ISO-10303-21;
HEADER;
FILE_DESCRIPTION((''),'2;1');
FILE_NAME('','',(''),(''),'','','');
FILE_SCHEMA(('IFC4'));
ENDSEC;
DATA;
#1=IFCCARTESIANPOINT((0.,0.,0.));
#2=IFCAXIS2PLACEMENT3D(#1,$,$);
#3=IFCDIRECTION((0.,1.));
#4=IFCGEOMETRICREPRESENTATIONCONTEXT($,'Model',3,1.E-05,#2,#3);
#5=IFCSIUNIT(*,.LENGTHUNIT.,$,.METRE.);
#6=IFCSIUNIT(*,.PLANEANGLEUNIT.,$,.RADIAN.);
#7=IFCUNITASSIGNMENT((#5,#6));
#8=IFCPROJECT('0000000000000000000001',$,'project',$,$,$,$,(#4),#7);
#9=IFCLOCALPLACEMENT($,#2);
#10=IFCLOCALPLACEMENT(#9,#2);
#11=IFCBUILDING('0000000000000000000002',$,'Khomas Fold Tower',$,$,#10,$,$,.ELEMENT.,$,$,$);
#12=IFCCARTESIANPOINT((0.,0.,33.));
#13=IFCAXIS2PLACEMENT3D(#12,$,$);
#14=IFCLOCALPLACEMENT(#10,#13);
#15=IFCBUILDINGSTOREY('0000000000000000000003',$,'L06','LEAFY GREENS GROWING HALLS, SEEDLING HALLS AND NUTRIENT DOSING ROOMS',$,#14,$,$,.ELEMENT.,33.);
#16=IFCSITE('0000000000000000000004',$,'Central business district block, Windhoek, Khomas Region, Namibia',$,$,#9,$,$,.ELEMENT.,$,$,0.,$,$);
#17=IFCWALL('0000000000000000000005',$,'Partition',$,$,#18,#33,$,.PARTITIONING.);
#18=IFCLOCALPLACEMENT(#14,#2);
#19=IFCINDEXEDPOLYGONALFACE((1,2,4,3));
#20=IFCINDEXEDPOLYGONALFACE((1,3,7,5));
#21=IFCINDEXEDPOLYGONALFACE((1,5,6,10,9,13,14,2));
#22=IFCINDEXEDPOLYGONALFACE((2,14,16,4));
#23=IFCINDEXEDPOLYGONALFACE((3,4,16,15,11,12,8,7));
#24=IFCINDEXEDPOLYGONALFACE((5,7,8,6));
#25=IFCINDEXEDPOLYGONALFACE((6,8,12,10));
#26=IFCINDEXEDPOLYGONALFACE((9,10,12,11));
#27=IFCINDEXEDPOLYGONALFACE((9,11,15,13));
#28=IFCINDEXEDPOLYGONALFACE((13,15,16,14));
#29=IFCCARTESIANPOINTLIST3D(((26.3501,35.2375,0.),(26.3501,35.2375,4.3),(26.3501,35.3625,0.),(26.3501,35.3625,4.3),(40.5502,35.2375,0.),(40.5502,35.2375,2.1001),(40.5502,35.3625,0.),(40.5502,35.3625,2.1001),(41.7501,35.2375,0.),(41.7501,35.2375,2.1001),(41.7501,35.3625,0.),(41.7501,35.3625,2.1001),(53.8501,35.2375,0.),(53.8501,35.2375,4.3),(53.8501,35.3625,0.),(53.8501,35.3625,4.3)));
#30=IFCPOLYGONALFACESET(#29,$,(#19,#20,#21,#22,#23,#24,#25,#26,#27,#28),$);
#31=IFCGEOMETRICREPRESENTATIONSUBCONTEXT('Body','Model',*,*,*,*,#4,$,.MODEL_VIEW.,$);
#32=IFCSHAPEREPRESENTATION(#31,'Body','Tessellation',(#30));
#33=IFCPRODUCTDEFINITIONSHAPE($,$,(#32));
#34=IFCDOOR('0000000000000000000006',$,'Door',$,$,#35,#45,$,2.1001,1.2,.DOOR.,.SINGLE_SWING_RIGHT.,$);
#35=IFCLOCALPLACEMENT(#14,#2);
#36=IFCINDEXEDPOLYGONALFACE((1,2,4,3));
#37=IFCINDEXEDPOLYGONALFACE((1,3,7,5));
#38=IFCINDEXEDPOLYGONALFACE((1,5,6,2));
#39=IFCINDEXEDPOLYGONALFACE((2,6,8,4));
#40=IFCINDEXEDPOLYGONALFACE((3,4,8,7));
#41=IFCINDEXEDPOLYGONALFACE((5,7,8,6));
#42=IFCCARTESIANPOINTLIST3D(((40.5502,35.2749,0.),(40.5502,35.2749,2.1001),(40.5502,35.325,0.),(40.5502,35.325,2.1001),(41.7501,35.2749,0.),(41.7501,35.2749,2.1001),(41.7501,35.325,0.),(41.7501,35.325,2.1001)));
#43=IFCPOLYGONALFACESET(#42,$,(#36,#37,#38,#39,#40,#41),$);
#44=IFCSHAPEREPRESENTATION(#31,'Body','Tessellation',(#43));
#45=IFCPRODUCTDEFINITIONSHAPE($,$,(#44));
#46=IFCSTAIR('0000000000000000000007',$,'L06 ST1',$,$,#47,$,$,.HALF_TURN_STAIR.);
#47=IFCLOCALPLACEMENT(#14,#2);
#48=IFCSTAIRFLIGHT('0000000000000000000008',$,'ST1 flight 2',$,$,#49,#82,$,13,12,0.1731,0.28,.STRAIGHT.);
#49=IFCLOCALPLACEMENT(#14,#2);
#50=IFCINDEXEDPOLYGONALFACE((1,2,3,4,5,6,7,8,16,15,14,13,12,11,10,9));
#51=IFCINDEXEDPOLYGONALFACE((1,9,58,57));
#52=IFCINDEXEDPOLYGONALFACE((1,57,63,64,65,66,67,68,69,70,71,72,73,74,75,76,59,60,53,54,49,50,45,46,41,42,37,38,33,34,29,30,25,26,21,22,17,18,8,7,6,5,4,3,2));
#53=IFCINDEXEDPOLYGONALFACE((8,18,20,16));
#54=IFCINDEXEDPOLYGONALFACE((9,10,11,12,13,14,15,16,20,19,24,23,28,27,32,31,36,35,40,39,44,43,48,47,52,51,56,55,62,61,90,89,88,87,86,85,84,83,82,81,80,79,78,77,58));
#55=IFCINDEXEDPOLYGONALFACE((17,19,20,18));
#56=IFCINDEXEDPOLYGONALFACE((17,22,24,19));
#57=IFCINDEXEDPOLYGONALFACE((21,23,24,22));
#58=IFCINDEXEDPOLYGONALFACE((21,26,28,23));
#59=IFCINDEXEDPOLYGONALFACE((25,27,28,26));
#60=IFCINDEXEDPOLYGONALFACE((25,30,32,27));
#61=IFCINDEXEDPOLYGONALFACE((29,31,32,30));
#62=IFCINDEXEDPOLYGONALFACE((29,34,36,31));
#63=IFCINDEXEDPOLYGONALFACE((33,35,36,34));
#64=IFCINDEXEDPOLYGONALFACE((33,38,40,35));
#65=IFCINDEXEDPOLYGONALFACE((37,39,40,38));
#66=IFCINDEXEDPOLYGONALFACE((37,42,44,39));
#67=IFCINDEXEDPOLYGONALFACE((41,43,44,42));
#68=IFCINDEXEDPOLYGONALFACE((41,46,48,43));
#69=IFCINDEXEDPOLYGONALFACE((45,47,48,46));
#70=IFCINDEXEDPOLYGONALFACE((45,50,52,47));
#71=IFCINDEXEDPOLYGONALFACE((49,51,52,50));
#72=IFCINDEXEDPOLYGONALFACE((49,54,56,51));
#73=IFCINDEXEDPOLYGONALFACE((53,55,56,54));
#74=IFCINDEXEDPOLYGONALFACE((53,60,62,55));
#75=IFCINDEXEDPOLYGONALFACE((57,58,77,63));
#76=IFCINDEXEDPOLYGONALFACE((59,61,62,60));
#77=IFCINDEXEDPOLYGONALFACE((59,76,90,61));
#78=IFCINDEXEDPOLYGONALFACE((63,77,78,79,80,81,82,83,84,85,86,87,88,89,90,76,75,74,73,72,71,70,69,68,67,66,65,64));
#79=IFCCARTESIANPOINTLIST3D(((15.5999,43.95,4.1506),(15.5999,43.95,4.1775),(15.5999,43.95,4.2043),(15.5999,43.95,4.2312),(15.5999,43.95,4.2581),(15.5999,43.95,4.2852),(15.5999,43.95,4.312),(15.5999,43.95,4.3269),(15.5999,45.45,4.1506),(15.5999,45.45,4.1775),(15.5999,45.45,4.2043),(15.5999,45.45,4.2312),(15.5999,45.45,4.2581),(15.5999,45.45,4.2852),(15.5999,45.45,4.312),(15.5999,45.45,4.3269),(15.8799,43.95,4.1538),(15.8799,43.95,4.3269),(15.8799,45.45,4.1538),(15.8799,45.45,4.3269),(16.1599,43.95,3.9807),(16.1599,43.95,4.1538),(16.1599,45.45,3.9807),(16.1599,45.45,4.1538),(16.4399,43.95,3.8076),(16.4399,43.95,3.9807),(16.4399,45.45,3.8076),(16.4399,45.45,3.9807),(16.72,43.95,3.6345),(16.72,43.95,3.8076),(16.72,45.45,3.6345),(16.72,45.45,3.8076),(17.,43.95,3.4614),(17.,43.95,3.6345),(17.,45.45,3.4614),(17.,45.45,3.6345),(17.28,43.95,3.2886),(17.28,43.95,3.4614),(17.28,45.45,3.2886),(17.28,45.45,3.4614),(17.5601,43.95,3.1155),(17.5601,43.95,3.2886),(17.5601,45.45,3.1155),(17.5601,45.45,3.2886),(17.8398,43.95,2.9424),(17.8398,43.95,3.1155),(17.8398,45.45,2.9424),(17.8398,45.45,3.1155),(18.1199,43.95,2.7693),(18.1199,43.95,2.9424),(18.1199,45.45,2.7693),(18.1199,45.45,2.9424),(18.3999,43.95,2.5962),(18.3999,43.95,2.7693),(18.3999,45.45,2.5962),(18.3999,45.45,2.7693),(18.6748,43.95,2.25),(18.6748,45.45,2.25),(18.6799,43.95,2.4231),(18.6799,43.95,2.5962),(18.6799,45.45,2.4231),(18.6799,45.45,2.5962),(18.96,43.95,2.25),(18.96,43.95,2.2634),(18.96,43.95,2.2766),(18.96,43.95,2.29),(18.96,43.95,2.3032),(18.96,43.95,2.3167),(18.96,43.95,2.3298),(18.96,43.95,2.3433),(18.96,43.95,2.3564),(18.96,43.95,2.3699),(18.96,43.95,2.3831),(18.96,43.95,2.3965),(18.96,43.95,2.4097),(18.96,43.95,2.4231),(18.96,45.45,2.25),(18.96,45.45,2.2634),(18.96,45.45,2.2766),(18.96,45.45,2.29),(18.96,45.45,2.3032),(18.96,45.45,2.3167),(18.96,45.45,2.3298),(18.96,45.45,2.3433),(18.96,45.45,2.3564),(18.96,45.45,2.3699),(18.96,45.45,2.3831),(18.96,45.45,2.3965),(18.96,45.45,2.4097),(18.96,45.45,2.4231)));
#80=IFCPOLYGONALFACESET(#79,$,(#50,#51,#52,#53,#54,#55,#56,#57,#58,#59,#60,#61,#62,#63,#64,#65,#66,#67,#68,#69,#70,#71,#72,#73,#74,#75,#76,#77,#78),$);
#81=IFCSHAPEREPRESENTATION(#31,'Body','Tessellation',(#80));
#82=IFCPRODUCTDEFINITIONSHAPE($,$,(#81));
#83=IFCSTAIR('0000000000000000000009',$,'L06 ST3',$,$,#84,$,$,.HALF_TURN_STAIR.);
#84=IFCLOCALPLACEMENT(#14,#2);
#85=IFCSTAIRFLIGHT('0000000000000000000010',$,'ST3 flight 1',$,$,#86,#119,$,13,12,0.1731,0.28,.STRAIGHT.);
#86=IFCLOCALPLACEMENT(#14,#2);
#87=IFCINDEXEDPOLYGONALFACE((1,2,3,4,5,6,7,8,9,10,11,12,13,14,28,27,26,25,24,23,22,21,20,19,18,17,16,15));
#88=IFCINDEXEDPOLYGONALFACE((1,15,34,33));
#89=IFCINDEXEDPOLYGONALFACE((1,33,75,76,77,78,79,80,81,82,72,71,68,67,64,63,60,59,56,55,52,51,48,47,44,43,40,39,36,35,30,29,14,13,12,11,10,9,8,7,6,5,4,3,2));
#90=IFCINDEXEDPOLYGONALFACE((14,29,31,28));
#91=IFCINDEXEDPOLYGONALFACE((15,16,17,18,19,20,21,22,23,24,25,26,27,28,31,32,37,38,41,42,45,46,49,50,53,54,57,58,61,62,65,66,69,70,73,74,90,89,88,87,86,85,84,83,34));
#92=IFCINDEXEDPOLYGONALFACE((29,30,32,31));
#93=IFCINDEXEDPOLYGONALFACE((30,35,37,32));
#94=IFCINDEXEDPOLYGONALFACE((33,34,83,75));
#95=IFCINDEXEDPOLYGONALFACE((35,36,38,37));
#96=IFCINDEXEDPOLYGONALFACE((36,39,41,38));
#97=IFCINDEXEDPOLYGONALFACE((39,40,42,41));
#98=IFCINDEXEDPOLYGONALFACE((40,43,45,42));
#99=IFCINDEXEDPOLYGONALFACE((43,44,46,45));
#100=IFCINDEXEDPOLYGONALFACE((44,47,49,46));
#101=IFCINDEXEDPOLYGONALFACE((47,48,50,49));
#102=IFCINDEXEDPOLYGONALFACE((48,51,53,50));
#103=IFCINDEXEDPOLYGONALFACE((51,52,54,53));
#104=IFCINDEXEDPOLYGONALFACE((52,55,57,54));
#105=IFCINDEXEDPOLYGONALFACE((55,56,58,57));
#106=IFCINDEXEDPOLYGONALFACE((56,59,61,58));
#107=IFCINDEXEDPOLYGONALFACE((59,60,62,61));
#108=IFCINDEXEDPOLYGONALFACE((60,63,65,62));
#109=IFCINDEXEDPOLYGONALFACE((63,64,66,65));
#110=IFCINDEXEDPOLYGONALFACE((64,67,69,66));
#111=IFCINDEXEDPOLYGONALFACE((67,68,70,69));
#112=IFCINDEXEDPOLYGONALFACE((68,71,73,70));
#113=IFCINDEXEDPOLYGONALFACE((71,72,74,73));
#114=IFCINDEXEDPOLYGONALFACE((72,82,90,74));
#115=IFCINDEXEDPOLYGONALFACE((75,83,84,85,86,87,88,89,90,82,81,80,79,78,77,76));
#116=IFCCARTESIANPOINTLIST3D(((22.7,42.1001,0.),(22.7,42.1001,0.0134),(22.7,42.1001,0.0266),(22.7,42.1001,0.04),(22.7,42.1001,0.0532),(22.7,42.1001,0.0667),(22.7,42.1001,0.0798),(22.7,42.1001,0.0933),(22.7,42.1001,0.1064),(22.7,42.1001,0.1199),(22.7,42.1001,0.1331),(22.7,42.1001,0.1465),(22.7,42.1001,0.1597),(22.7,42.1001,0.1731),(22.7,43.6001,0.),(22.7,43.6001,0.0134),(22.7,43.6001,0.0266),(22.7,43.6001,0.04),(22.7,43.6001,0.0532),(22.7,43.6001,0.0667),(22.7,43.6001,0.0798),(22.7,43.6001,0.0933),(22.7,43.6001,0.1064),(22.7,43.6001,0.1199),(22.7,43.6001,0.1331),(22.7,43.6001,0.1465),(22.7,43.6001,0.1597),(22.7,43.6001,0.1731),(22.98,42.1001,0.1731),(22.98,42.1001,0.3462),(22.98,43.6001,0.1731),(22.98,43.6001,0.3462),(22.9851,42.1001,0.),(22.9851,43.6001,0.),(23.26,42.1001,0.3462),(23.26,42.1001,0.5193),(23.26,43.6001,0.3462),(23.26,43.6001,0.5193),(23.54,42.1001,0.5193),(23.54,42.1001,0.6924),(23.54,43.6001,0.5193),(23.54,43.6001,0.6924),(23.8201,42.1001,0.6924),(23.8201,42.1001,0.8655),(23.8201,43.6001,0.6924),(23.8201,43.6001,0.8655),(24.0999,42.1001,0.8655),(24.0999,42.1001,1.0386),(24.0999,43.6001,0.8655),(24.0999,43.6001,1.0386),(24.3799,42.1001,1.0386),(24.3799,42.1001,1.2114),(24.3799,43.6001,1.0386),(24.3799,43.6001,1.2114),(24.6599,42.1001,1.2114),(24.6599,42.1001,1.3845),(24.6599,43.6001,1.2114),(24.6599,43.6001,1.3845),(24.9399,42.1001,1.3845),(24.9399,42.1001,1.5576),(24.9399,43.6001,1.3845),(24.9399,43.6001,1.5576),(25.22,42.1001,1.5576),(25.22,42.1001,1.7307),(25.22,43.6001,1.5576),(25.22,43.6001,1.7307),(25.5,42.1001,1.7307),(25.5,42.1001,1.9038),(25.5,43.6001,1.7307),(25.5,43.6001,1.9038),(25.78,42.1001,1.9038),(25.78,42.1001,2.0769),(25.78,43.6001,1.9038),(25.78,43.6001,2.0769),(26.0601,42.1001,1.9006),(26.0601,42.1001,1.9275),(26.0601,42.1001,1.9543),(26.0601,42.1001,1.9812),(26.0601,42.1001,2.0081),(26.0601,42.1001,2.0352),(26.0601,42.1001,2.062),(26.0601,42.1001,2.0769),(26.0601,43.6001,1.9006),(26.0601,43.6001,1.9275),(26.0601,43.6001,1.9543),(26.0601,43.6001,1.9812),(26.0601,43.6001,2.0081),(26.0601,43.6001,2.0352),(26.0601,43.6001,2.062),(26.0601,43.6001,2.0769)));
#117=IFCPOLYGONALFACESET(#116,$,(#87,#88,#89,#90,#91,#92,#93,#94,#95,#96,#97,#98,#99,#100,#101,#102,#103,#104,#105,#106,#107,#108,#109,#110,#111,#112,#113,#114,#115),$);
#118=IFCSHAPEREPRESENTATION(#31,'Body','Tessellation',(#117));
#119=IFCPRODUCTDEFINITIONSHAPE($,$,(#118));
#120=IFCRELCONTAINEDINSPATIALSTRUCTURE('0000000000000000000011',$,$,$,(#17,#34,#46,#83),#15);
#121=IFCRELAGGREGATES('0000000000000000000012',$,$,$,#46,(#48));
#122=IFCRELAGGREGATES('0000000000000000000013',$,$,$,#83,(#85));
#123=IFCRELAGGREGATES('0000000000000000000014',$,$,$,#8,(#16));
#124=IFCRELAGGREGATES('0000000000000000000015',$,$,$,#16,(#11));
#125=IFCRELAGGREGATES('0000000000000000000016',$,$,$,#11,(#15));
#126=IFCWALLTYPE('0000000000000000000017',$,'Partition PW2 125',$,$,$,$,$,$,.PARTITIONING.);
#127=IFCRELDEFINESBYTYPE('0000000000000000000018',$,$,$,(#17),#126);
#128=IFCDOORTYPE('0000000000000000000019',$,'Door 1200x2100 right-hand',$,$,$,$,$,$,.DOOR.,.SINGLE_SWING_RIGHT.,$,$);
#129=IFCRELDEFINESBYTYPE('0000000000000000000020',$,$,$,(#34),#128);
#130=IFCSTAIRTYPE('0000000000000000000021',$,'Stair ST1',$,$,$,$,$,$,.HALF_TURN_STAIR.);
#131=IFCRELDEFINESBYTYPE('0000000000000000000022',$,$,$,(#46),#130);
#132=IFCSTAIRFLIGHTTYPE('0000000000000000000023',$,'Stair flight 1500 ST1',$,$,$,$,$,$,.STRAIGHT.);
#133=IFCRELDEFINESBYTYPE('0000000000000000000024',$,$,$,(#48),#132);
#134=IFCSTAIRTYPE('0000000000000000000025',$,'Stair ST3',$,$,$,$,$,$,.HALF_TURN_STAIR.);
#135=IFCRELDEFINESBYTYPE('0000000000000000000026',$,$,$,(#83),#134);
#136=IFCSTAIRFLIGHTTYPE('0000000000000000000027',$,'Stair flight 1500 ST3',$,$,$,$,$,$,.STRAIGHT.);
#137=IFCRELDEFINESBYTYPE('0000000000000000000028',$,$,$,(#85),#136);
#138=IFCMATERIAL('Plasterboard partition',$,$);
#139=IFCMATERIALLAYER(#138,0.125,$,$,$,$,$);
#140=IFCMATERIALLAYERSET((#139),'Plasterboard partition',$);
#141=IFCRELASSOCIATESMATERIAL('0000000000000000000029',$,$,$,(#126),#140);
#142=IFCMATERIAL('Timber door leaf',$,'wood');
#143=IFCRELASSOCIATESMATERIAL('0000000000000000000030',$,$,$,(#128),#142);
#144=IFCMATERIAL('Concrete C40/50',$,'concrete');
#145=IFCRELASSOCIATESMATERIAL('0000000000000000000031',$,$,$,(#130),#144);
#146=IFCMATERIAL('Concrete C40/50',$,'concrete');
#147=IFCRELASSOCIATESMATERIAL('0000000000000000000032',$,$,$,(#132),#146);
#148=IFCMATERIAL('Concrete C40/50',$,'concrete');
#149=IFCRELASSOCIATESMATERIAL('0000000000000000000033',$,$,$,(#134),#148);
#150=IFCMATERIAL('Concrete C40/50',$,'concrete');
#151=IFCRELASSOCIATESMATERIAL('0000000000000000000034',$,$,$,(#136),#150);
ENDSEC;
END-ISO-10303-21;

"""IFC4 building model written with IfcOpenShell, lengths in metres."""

from ifc_helpers import new_model, si_unit, direction, frame, frame_2d, origin, place, context, subcontext, project, spatial, polyline, rectangle, outline, extrude, source, transform, mapped, material, layer, layer_set, type_object, element, fill, aggregate, save


model = new_model("IFC4")

# Units and contexts
model_context = context("Model", 3, precision=1e-05, world=origin(), true_north=direction((0.0, 1.0)))
body_context = subcontext(model_context, "Body", "Model", "MODEL_VIEW")
ifc_project = project(units=[si_unit("LENGTHUNIT", "METRE"), si_unit("PLANEANGLEUNIT", "RADIAN")], contexts=[model_context])

# Site, building, storey
site_placement = place(None, origin())
site = spatial("IfcSite", under=ifc_project, at=site_placement, Name="Central business district block, Windhoek, Khomas Region, Namibia", CompositionType="ELEMENT", RefElevation=0.0)
building_placement = place(site_placement, origin())
building = spatial("IfcBuilding", under=site, at=building_placement, Name="Khomas Fold Tower", CompositionType="ELEMENT")
storey_placement = place(building_placement, frame((0.0, 0.0, 33.0)))
storey = spatial("IfcBuildingStorey", under=building, at=storey_placement, Name="L06", Description="LEAFY GREENS GROWING HALLS, SEEDLING HALLS AND NUTRIENT DOSING ROOMS", CompositionType="ELEMENT", Elevation=33.0)

# Wall, opening, door
ifc_material_1 = material(Name="Plasterboard partition")
ifc_layer_1 = layer(ifc_material_1, 0.125)
ifc_layer_set_1 = layer_set([ifc_layer_1], Name="Plasterboard partition")
wall_type_1 = type_object("IfcWallType", Name="Partition PW2 125", PredefinedType="PARTITIONING", material=ifc_layer_set_1)
shared_shape_1 = source(origin(), body_context, "Body", "SweptSolid", [
    extrude(rectangle(XDim=27.5, YDim=0.125, at=frame_2d((13.75, 0.0))), origin(), (0.0, 0.0, 1.0), 4.3),
])
wall_1_placement = place(storey_placement, frame((26.3501, 35.3, 0.0), z_axis=(0.0, 0.0, 1.0), x_axis=(1.0, 0.0, 0.0)))
wall_1 = element("IfcWall", 1, at=wall_1_placement, inside=storey, type_object=wall_type_1, Name="Partition", PredefinedType="PARTITIONING", context=body_context, shape_type="MappedRepresentation", body=[
    mapped(shared_shape_1, transform((0.0, 0.0, 0.0))),
])
shared_shape_2 = source(origin(), body_context, "Body", "SweptSolid", [
    extrude(rectangle(XDim=1.2, YDim=2.1001, at=frame_2d((0.6001, 1.05))), frame((0.0, 0.0725, 0.0), z_axis=(0.0, -1.0, 0.0), x_axis=(1.0, 0.0, 0.0)), (0.0, 0.0, 1.0), 0.145),
])
opening_placement = place(wall_1_placement, frame((14.2, 0.0, 0.0)))
opening = element("IfcOpeningElement", 2, at=opening_placement, cuts=wall_1, PredefinedType="OPENING", context=body_context, shape_type="MappedRepresentation", body=[
    mapped(shared_shape_2, transform((0.0, 0.0, 0.0))),
])
ifc_material_2 = material(Name="Timber door leaf", Category="wood")
door_type = type_object("IfcDoorType", Name="Door 1200x2100 right-hand", OperationType="SINGLE_SWING_RIGHT", PredefinedType="DOOR", material=ifc_material_2)
shared_shape_3 = source(origin(), body_context, "Body", "SweptSolid", [
    extrude(rectangle(XDim=1.2, YDim=2.1001, at=frame_2d((0.6001, 1.05))), frame((0.0, 0.0249, 0.0), z_axis=(0.0, -1.0, 0.0), x_axis=(1.0, 0.0, 0.0)), (0.0, 0.0, 1.0), 0.05),
])
door_placement = place(opening_placement, origin())
door = element("IfcDoor", 3, at=door_placement, inside=storey, type_object=door_type, Name="Door", OperationType="SINGLE_SWING_RIGHT", OverallHeight=2.1001, OverallWidth=1.2, PredefinedType="DOOR", context=body_context, shape_type="MappedRepresentation", body=[
    mapped(shared_shape_3, transform((0.0, 0.0, 0.0))),
])
fill(opening, door)

# Stairs, stair flights
ifc_material_3 = material(Name="Concrete C40/50", Category="concrete")
stair_type_1 = type_object("IfcStairType", Name="Stair ST1", PredefinedType="HALF_TURN_STAIR", material=ifc_material_3)
stair_1_placement = place(storey_placement, origin())
stair_1 = element("IfcStair", 4, at=stair_1_placement, inside=storey, type_object=stair_type_1, Name="L06 ST1", PredefinedType="HALF_TURN_STAIR")
ifc_material_4 = material(Name="Concrete C40/50", Category="concrete")
stair_flight_type_1 = type_object("IfcStairFlightType", Name="Stair flight 1500 ST1", PredefinedType="STRAIGHT", material=ifc_material_4)
shared_shape_4 = source(origin(), body_context, "Body", "SweptSolid", [
    extrude(outline(polyline([(0.0, 0.0), (0.0, 0.0134), (0.0, 0.0266), (0.0, 0.04), (0.0, 0.0532), (0.0, 0.0667), (0.0, 0.0798), (0.0, 0.0933), (0.0, 0.1064), (0.0, 0.1199), (0.0, 0.1331), (0.0, 0.1465), (0.0, 0.1597), (0.0, 0.1731), (0.28, 0.1731), (0.28, 0.3462), (0.5601, 0.3462), (0.5601, 0.5193), (0.8401, 0.5193), (0.8401, 0.6924), (1.1201, 0.6924), (1.1201, 0.8655), (1.3999, 0.8655), (1.3999, 1.0386), (1.6799, 1.0386), (1.6799, 1.2114), (1.96, 1.2114), (1.96, 1.3845), (2.24, 1.3845), (2.24, 1.5576), (2.52, 1.5576), (2.52, 1.7307), (2.8, 1.7307), (2.8, 1.9038), (3.0801, 1.9038), (3.0801, 2.0769), (3.3601, 2.0769), (3.3601, 2.25), (3.3601, 2.2231), (3.3601, 2.1963), (3.3601, 2.1694), (3.3601, 2.1426), (3.3601, 2.1157), (3.3601, 2.0889), (3.3601, 2.062), (3.3601, 2.0352), (3.3601, 2.0081), (3.3601, 1.9812), (3.3601, 1.9543), (3.3601, 1.9275), (3.3601, 1.9006), (0.2852, 0.0), (0.0, 0.0)])), frame((0.0, 0.75, 0.0), z_axis=(0.0, -1.0, 0.0), x_axis=(1.0, 0.0, 0.0)), (0.0, 0.0, 1.0), 1.5),
])
stair_flight_1_placement = place(storey_placement, frame((18.96, 44.7, 2.25), z_axis=(0.0, 0.0, 1.0), x_axis=(-1.0, 0.0, 0.0)))
stair_flight_1 = element("IfcStairFlight", 5, at=stair_flight_1_placement, type_object=stair_flight_type_1, Name="ST1 flight 2", NumberOfRisers=13, NumberOfTreads=12, PredefinedType="STRAIGHT", RiserHeight=0.1731, TreadLength=0.28, context=body_context, shape_type="MappedRepresentation", body=[
    mapped(shared_shape_4, transform((0.0, 0.0, 0.0))),
])
aggregate(stair_1, [stair_flight_1])
ifc_material_5 = material(Name="Concrete C40/50", Category="concrete")
stair_type_2 = type_object("IfcStairType", Name="Stair ST3", PredefinedType="HALF_TURN_STAIR", material=ifc_material_5)
stair_2_placement = place(storey_placement, origin())
stair_2 = element("IfcStair", 6, at=stair_2_placement, inside=storey, type_object=stair_type_2, Name="L06 ST3", PredefinedType="HALF_TURN_STAIR")
ifc_material_6 = material(Name="Concrete C40/50", Category="concrete")
stair_flight_type_2 = type_object("IfcStairFlightType", Name="Stair flight 1500 ST3", PredefinedType="STRAIGHT", material=ifc_material_6)
stair_flight_2_placement = place(storey_placement, frame((22.7, 42.8501, 0.0), z_axis=(0.0, 0.0, 1.0), x_axis=(1.0, 0.0, 0.0)))
stair_flight_2 = element("IfcStairFlight", 7, at=stair_flight_2_placement, type_object=stair_flight_type_2, Name="ST3 flight 1", NumberOfRisers=13, NumberOfTreads=12, PredefinedType="STRAIGHT", RiserHeight=0.1731, TreadLength=0.28, context=body_context, shape_type="MappedRepresentation", body=[
    mapped(shared_shape_4, transform((0.0, 0.0, 0.0))),
])
aggregate(stair_2, [stair_flight_2])

save(model, "model.ifc")
